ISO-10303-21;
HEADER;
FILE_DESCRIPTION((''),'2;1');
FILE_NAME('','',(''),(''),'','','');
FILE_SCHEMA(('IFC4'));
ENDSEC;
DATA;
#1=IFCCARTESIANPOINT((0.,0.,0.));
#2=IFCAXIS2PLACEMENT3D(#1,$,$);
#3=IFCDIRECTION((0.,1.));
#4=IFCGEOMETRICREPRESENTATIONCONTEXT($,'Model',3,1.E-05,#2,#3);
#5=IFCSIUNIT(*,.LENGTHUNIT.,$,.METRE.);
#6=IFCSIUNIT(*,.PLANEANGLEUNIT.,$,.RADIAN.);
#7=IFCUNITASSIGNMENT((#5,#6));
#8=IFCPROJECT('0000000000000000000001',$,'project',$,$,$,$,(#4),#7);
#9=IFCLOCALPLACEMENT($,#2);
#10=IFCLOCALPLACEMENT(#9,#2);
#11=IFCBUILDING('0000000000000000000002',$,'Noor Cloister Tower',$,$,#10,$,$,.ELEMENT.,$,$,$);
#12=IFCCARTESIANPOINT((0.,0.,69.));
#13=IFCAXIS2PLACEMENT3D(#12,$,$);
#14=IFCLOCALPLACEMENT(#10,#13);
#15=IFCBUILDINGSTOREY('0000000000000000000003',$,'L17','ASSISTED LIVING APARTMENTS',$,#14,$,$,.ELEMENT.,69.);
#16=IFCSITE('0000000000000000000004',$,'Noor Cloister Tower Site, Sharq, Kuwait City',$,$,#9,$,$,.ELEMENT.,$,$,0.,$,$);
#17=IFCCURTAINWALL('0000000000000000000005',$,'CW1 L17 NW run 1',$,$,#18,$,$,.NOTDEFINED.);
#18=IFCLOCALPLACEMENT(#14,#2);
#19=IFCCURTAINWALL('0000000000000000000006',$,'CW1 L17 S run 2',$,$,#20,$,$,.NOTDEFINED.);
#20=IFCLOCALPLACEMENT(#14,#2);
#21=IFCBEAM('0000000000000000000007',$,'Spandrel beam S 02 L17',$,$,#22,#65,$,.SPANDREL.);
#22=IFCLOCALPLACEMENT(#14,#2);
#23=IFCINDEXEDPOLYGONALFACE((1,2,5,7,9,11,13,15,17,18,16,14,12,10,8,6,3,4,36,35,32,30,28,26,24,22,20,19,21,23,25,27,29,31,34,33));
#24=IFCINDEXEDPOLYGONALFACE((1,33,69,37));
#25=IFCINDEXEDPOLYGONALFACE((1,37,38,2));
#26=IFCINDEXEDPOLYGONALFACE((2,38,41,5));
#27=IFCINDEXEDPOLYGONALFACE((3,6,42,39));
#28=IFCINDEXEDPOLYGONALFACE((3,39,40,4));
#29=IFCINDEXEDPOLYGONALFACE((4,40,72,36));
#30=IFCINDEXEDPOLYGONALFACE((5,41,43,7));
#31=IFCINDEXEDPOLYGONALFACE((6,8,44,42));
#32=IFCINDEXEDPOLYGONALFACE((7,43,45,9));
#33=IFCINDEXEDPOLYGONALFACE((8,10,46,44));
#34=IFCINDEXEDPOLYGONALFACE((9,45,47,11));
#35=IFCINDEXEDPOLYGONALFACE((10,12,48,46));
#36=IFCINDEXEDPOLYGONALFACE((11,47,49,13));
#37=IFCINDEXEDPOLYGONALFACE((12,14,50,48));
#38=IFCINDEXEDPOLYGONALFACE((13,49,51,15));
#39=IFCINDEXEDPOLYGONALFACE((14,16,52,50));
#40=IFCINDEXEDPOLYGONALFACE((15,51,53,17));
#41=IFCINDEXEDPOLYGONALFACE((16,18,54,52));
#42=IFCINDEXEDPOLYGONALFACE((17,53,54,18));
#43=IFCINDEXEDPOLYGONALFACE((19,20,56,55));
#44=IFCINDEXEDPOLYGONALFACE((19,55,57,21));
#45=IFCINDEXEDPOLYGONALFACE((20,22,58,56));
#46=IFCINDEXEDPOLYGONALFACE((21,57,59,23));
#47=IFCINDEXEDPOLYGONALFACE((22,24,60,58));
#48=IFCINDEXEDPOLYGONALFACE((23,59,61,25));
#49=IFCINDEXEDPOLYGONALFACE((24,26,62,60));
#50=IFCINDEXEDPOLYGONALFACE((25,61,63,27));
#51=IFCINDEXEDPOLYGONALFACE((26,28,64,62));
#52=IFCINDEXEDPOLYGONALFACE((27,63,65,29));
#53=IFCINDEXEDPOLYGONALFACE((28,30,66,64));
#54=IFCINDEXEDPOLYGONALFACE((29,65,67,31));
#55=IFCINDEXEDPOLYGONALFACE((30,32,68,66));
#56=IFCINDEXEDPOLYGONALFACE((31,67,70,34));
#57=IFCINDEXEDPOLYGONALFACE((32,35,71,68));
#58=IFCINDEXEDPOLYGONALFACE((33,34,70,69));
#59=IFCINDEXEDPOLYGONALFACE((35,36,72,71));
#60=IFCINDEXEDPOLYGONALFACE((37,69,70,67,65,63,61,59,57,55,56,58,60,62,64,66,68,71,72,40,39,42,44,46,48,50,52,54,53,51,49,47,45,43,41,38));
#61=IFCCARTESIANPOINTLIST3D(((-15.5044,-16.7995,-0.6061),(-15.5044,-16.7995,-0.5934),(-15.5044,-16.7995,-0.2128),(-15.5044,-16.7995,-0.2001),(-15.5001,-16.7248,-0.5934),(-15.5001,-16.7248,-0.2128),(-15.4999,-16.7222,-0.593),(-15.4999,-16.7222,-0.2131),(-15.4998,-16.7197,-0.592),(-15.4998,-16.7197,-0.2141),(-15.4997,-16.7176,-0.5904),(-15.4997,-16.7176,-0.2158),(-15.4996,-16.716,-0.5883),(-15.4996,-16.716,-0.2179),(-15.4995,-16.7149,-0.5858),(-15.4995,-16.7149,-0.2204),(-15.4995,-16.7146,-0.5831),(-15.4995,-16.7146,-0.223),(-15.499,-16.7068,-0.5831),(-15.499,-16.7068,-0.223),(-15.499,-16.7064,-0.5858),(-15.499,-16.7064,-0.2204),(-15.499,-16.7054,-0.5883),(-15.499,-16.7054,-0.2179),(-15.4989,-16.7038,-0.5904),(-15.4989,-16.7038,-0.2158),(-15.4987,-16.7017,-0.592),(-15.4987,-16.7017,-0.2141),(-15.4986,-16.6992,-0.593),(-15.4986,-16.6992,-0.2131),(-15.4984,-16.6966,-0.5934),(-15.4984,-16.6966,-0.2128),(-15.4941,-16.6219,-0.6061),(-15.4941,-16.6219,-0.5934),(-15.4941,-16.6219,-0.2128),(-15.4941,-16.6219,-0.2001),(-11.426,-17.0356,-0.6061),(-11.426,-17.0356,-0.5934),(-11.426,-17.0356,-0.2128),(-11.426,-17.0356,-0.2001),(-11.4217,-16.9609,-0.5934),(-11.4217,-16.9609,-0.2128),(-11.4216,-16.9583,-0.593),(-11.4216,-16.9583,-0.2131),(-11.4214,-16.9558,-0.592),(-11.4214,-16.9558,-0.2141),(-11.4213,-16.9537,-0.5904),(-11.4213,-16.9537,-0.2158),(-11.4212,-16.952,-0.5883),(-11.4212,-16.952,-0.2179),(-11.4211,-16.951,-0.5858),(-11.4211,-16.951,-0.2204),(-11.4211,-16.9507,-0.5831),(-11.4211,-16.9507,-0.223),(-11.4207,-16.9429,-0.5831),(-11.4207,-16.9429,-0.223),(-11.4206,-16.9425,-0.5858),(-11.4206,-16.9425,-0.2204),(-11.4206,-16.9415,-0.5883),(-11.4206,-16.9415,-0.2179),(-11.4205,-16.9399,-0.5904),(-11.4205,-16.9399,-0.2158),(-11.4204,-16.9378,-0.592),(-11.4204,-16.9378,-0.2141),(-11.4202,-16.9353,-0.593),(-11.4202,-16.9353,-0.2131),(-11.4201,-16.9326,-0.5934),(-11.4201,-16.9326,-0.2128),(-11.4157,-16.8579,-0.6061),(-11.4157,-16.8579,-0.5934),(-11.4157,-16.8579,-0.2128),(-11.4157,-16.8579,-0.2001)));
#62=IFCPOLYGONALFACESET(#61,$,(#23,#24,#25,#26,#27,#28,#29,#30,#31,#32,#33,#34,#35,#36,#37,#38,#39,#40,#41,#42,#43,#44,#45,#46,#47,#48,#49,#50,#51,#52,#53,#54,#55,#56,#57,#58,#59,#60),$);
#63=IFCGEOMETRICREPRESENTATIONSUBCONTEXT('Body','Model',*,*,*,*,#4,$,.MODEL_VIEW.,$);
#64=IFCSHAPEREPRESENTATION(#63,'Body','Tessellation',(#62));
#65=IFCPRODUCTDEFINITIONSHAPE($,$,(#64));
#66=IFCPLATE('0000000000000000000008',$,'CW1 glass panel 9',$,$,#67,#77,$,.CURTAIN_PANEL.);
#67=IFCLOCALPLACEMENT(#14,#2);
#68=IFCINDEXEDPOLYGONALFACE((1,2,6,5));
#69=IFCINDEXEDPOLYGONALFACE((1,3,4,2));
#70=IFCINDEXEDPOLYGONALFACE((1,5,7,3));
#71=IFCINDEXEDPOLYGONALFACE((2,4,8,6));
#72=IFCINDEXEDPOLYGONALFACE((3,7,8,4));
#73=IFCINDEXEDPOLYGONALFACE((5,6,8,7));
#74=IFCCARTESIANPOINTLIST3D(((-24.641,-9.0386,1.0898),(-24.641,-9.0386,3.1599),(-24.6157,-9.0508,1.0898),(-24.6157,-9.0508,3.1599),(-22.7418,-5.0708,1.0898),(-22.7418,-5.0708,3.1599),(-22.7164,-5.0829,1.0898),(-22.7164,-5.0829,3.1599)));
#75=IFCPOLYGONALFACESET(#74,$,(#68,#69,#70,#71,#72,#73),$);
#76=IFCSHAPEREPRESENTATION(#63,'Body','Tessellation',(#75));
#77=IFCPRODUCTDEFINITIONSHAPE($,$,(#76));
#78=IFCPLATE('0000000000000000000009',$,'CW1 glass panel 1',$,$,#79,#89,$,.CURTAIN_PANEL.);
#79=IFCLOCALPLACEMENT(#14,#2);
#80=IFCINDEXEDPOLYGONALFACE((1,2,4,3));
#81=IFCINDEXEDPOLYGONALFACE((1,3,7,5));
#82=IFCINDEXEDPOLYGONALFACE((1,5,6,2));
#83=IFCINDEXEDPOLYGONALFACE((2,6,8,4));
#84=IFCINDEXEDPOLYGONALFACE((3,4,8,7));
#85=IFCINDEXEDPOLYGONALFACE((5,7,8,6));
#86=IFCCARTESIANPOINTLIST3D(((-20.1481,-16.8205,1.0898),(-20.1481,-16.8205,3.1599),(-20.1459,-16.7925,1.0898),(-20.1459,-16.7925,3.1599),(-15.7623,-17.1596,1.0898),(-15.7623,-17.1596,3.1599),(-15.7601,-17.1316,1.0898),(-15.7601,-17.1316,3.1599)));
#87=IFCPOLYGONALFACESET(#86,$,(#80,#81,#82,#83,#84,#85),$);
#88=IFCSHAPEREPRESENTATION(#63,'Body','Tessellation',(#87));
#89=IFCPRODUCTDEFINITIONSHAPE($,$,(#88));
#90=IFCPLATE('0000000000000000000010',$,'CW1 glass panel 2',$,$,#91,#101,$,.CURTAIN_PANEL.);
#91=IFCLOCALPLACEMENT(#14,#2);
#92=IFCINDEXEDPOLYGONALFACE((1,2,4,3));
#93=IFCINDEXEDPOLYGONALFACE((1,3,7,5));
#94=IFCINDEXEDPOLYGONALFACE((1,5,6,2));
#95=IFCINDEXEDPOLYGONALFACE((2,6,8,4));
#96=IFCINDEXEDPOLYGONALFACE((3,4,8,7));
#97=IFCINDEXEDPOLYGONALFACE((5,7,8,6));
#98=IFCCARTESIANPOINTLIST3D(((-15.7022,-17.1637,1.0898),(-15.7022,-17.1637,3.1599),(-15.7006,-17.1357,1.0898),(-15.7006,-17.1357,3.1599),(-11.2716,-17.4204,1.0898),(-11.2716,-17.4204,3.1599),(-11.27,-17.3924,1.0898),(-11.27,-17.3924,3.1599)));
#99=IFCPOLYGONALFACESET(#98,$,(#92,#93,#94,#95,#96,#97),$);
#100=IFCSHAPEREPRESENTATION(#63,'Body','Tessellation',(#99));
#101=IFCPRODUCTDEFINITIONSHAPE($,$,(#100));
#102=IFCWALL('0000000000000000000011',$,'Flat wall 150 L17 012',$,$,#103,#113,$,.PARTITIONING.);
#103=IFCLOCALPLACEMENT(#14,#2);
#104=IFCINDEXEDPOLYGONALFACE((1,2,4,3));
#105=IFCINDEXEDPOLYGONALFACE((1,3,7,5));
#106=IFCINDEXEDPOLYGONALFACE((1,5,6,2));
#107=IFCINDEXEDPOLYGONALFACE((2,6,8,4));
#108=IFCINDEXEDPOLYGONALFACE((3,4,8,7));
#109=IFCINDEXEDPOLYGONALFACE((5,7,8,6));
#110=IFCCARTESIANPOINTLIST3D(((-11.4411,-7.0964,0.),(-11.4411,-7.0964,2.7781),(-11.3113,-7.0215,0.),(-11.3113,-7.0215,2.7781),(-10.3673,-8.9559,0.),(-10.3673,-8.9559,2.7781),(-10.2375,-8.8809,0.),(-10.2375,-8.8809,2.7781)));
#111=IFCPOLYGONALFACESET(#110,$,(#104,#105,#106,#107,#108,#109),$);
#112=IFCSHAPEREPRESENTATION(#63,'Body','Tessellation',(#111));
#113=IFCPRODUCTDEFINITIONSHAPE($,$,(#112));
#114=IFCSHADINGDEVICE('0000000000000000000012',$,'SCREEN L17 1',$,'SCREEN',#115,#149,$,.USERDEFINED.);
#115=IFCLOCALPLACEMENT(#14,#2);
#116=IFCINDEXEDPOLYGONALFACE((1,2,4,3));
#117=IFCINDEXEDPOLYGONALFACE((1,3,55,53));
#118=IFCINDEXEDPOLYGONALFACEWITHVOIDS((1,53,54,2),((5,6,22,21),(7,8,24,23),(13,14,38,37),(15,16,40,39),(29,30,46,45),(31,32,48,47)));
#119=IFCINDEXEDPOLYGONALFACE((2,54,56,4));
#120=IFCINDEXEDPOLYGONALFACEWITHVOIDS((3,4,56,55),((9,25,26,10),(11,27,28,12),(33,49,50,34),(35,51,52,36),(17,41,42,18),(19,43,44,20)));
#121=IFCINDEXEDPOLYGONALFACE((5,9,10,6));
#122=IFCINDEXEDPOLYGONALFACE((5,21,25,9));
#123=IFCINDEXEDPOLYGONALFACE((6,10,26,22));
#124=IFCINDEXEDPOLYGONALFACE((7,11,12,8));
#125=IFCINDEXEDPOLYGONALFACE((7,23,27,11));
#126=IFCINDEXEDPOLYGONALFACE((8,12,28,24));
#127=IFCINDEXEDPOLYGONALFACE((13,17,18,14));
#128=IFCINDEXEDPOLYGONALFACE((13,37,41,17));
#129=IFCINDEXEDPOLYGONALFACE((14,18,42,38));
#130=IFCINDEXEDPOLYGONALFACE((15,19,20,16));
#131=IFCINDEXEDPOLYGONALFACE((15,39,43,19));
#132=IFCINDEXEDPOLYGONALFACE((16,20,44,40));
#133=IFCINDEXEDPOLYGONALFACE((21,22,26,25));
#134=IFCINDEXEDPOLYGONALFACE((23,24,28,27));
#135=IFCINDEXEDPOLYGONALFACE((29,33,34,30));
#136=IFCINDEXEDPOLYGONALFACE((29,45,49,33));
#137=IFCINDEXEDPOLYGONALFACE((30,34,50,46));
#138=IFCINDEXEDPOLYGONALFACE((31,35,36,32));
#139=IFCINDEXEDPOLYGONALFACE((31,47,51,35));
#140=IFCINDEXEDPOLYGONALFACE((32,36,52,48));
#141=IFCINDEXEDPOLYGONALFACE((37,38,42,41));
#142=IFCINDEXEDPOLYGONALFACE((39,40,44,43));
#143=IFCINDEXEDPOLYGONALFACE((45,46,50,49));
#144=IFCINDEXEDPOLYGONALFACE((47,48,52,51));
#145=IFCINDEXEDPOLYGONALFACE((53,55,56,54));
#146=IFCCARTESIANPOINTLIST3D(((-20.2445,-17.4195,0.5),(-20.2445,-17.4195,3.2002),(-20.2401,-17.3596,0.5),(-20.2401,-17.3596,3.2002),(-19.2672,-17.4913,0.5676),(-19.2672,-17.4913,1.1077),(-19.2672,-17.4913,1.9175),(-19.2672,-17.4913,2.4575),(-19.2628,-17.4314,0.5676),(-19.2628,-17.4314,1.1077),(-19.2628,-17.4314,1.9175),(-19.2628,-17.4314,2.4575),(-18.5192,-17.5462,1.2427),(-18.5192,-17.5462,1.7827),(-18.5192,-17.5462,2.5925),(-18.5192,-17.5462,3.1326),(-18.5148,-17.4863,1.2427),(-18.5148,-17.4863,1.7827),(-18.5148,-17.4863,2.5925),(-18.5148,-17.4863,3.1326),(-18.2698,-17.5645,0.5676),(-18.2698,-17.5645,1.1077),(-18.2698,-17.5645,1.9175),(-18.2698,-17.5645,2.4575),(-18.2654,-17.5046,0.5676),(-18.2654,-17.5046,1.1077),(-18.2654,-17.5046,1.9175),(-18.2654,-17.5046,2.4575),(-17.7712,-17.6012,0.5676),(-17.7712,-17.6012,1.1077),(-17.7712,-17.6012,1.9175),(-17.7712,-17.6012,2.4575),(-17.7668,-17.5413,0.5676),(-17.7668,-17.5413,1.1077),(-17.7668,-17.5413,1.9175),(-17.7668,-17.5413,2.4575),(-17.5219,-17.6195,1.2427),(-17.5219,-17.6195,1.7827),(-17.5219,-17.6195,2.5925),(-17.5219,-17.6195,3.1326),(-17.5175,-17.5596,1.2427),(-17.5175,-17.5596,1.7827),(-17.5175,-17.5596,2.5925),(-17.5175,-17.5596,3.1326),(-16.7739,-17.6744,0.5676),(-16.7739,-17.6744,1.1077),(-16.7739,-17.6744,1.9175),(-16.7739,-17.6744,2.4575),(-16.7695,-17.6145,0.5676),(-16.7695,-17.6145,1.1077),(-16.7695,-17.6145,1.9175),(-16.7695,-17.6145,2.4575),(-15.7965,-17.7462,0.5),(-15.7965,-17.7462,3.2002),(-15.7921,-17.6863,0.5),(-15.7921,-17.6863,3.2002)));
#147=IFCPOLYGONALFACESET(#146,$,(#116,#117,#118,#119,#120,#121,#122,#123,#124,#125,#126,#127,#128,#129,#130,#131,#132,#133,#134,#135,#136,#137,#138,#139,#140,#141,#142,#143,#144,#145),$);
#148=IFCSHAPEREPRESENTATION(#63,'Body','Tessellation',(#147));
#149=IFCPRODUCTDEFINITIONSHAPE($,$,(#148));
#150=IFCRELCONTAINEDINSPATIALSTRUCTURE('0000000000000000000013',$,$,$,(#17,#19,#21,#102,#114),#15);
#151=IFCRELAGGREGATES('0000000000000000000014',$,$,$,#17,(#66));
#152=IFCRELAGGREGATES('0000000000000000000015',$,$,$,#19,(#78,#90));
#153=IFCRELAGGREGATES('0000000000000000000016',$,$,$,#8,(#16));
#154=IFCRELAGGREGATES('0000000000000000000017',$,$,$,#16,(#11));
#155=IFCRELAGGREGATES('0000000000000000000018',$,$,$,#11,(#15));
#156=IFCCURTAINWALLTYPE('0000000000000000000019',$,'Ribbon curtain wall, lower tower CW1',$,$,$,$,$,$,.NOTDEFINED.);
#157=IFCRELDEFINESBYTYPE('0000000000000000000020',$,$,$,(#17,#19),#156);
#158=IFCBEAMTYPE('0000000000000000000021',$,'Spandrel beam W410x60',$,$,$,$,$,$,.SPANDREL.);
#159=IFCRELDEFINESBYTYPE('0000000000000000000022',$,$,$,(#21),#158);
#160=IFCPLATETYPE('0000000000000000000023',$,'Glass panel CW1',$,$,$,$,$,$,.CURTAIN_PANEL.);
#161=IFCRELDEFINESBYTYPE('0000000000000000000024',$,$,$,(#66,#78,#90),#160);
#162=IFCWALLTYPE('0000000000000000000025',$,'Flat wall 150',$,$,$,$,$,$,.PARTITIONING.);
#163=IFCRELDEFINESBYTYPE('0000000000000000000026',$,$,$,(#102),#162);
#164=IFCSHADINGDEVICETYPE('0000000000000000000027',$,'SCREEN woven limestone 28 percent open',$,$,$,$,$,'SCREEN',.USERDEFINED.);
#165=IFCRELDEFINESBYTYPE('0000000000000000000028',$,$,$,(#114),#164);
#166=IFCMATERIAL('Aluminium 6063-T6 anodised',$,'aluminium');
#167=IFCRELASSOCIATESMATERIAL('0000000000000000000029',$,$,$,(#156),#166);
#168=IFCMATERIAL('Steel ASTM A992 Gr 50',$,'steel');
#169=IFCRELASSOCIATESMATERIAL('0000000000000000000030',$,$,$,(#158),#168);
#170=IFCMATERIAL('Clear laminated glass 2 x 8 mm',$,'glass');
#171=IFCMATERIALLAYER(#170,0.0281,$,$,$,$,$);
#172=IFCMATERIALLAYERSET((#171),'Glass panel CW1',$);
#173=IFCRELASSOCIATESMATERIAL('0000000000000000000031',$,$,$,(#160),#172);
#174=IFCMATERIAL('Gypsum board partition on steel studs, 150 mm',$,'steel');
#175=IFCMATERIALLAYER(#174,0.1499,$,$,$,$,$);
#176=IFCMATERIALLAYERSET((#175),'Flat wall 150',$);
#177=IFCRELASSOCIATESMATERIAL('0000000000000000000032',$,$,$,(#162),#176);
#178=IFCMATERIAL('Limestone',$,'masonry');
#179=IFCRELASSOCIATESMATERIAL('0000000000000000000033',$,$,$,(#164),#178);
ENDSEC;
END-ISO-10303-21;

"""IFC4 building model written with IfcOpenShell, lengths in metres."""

from ifc_helpers import new_model, si_unit, direction, frame, frame_2d, origin, origin_2d, place, context, subcontext, project, spatial, polyline, rectangle, i_section, outline, extrude, material, layer, layer_set, material_profile, profile_set, type_object, element, aggregate, save


model = new_model("IFC4")

# Units and contexts
model_context = context("Model", 3, precision=1e-05, world=origin(), true_north=direction((0.0, 1.0)))
body_context = subcontext(model_context, "Body", "Model", "MODEL_VIEW")
ifc_project = project(units=[si_unit("LENGTHUNIT", "METRE"), si_unit("PLANEANGLEUNIT", "RADIAN")], contexts=[model_context])

# Site, building, storey
site_placement = place(None, origin())
site = spatial("IfcSite", under=ifc_project, at=site_placement, Name="Noor Cloister Tower Site, Sharq, Kuwait City", CompositionType="ELEMENT", RefElevation=0.0)
building_placement = place(site_placement, origin())
building = spatial("IfcBuilding", under=site, at=building_placement, Name="Noor Cloister Tower", CompositionType="ELEMENT")
storey_placement = place(building_placement, frame((0.0, 0.0, 69.0)))
storey = spatial("IfcBuildingStorey", under=building, at=storey_placement, Name="L17", Description="ASSISTED LIVING APARTMENTS", CompositionType="ELEMENT", Elevation=69.0)

# Curtain wall
ifc_material_1 = material(Name="Aluminium 6063-T6 anodised", Category="aluminium")
curtain_wall_type = type_object("IfcCurtainWallType", Name="Ribbon curtain wall, lower tower CW1", PredefinedType="NOTDEFINED", material=ifc_material_1)
curtain_wall_1_placement = place(storey_placement, origin())
curtain_wall_1 = element("IfcCurtainWall", 1, at=curtain_wall_1_placement, inside=storey, type_object=curtain_wall_type, Name="CW1 L17 NW run 1", PredefinedType="NOTDEFINED")

# Curtain wall
curtain_wall_2_placement = place(storey_placement, origin())
curtain_wall_2 = element("IfcCurtainWall", 2, at=curtain_wall_2_placement, inside=storey, type_object=curtain_wall_type, Name="CW1 L17 S run 2", PredefinedType="NOTDEFINED")

# Beam
ifc_material_2 = material(Name="Steel ASTM A992 Gr 50", Category="steel")
ifc_material_profile_1 = material_profile(ifc_material_2, i_section(OverallWidth=0.178, OverallDepth=0.406, WebThickness=0.0078, FlangeThickness=0.0127, FilletRadius=0.0103, at=origin_2d()), Name="W410x60")
ifc_profile_set_1 = profile_set([ifc_material_profile_1], Name="Steel ASTM A992 Gr 50")
beam_type_1 = type_object("IfcBeamType", Name="Spandrel beam W410x60", PredefinedType="SPANDREL", material=ifc_profile_set_1)
beam_1_placement = place(storey_placement, frame((-15.4993, -16.7107, -0.4031), z_axis=(0.998329, -0.05779, 0.0), x_axis=(0.05779, 0.998329, 0.0)))
element("IfcBeam", 3, at=beam_1_placement, inside=storey, type_object=beam_type_1, Name="Spandrel beam S 02 L17", PredefinedType="SPANDREL", context=body_context, shape_type="SweptSolid", body=[
    extrude(i_section(OverallWidth=0.178, OverallDepth=0.406, WebThickness=0.0078, FlangeThickness=0.0127, FilletRadius=0.0103, at=origin_2d()), origin(), (0.0, 0.0, 1.0), 4.0852),
])

# Plates
ifc_material_3 = material(Name="Clear laminated glass 2 x 8 mm", Category="glass")
ifc_layer_1 = layer(ifc_material_3, 0.0281)
ifc_layer_set_1 = layer_set([ifc_layer_1], Name="Glass panel CW1")
plate_type = type_object("IfcPlateType", Name="Glass panel CW1", PredefinedType="CURTAIN_PANEL", material=ifc_layer_set_1)
plate_1_placement = place(storey_placement, frame((-23.6787, -7.0608, 1.0898), z_axis=(0.0, 0.0, 1.0), x_axis=(-0.431748, -0.901994, 0.0)))
plate_1 = element("IfcPlate", 4, at=plate_1_placement, type_object=plate_type, Name="CW1 glass panel 9", PredefinedType="CURTAIN_PANEL", context=body_context, shape_type="SweptSolid", body=[
    extrude(rectangle(XDim=4.3989, YDim=0.0281, at=origin_2d()), origin(), (0.0, 0.0, 1.0), 2.0701),
])
aggregate(curtain_wall_1, [plate_1])
plate_2_placement = place(storey_placement, frame((-17.9541, -16.9761, 1.0898), z_axis=(0.0, 0.0, 1.0), x_axis=(0.997024, -0.077093, 0.0)))
plate_2 = element("IfcPlate", 5, at=plate_2_placement, type_object=plate_type, Name="CW1 glass panel 1", PredefinedType="CURTAIN_PANEL", context=body_context, shape_type="SweptSolid", body=[
    extrude(rectangle(XDim=4.3989, YDim=0.0281, at=origin_2d()), origin(), (0.0, 0.0, 1.0), 2.0701),
])
plate_3_placement = place(storey_placement, frame((-13.4861, -17.2781, 1.0898), z_axis=(0.0, 0.0, 1.0), x_axis=(0.998326, -0.057845, 0.0)))
plate_3 = element("IfcPlate", 6, at=plate_3_placement, type_object=plate_type, Name="CW1 glass panel 2", PredefinedType="CURTAIN_PANEL", context=body_context, shape_type="SweptSolid", body=[
    extrude(rectangle(XDim=4.438, YDim=0.0281, at=origin_2d()), origin(), (0.0, 0.0, 1.0), 2.0701),
])
aggregate(curtain_wall_2, [plate_2, plate_3])

# Wall
ifc_material_4 = material(Name="Gypsum board partition on steel studs, 150 mm", Category="steel")
ifc_layer_2 = layer(ifc_material_4, 0.1499)
ifc_layer_set_2 = layer_set([ifc_layer_2], Name="Flat wall 150")
wall_type = type_object("IfcWallType", Name="Flat wall 150", PredefinedType="PARTITIONING", material=ifc_layer_set_2)
wall_placement = place(storey_placement, frame((-11.3762, -7.0588, 0.0), z_axis=(0.0, 0.0, 1.0), x_axis=(0.500077, -0.865981, 0.0)))
element("IfcWall", 7, at=wall_placement, inside=storey, type_object=wall_type, Name="Flat wall 150 L17 012", PredefinedType="PARTITIONING", context=body_context, shape_type="SweptSolid", body=[
    extrude(rectangle(XDim=2.1472, YDim=0.1499, at=frame_2d((1.0737, 0.0))), origin(), (0.0, 0.0, 1.0), 2.7781),
])

# Shading device
ifc_material_5 = material(Name="Limestone", Category="masonry")
ifc_material_profile_2 = material_profile(ifc_material_5, outline(polyline([(-2.23, -1.3501), (2.23, -1.3501), (2.23, 1.3501), (-2.23, 1.3501), (-2.23, -1.3501)]), holes=[polyline([(-1.25, -1.2825), (-0.25, -1.2825), (-0.25, -0.7424), (-1.25, -0.7424), (-1.25, -1.2825)]), polyline([(0.25, -1.2825), (1.25, -1.2825), (1.25, -0.7424), (0.25, -0.7424), (0.25, -1.2825)]), polyline([(-0.5, -0.6074), (0.5, -0.6074), (0.5, -0.0674), (-0.5, -0.0674), (-0.5, -0.6074)]), polyline([(-1.25, 0.0674), (-0.25, 0.0674), (-0.25, 0.6074), (-1.25, 0.6074), (-1.25, 0.0674)]), polyline([(0.25, 0.0674), (1.25, 0.0674), (1.25, 0.6074), (0.25, 0.6074), (0.25, 0.0674)]), polyline([(-0.5, 0.7424), (0.5, 0.7424), (0.5, 1.2825), (-0.5, 1.2825), (-0.5, 0.7424)])]), Name="Woven screen 28 percent open")
ifc_profile_set_2 = profile_set([ifc_material_profile_2], Name="Limestone")
shading_device_type = type_object("IfcShadingDeviceType", Name="SCREEN woven limestone 28 percent open", ElementType="SCREEN", PredefinedType="USERDEFINED", material=ifc_profile_set_2)
shading_device_1_placement = place(storey_placement, frame((-18.0161, -17.5229, 1.8501), z_axis=(-0.073272, -0.997312, 0.0), x_axis=(0.997312, -0.073272, 0.0)))
element("IfcShadingDevice", 8, at=shading_device_1_placement, inside=storey, type_object=shading_device_type, Name="SCREEN L17 1", ObjectType="SCREEN", PredefinedType="USERDEFINED", context=body_context, shape_type="SweptSolid", body=[
    extrude(outline(polyline([(-2.23, -1.3501), (2.23, -1.3501), (2.23, 1.3501), (-2.23, 1.3501), (-2.23, -1.3501)]), holes=[polyline([(-1.25, -1.2825), (-0.25, -1.2825), (-0.25, -0.7424), (-1.25, -0.7424), (-1.25, -1.2825)]), polyline([(0.25, -1.2825), (1.25, -1.2825), (1.25, -0.7424), (0.25, -0.7424), (0.25, -1.2825)]), polyline([(-0.5, -0.6074), (0.5, -0.6074), (0.5, -0.0674), (-0.5, -0.0674), (-0.5, -0.6074)]), polyline([(-1.25, 0.0674), (-0.25, 0.0674), (-0.25, 0.6074), (-1.25, 0.6074), (-1.25, 0.0674)]), polyline([(0.25, 0.0674), (1.25, 0.0674), (1.25, 0.6074), (0.25, 0.6074), (0.25, 0.0674)]), polyline([(-0.5, 0.7424), (0.5, 0.7424), (0.5, 1.2825), (-0.5, 1.2825), (-0.5, 0.7424)])]), origin(), (0.0, 0.0, 1.0), 0.0601),
])

save(model, "model.ifc")
